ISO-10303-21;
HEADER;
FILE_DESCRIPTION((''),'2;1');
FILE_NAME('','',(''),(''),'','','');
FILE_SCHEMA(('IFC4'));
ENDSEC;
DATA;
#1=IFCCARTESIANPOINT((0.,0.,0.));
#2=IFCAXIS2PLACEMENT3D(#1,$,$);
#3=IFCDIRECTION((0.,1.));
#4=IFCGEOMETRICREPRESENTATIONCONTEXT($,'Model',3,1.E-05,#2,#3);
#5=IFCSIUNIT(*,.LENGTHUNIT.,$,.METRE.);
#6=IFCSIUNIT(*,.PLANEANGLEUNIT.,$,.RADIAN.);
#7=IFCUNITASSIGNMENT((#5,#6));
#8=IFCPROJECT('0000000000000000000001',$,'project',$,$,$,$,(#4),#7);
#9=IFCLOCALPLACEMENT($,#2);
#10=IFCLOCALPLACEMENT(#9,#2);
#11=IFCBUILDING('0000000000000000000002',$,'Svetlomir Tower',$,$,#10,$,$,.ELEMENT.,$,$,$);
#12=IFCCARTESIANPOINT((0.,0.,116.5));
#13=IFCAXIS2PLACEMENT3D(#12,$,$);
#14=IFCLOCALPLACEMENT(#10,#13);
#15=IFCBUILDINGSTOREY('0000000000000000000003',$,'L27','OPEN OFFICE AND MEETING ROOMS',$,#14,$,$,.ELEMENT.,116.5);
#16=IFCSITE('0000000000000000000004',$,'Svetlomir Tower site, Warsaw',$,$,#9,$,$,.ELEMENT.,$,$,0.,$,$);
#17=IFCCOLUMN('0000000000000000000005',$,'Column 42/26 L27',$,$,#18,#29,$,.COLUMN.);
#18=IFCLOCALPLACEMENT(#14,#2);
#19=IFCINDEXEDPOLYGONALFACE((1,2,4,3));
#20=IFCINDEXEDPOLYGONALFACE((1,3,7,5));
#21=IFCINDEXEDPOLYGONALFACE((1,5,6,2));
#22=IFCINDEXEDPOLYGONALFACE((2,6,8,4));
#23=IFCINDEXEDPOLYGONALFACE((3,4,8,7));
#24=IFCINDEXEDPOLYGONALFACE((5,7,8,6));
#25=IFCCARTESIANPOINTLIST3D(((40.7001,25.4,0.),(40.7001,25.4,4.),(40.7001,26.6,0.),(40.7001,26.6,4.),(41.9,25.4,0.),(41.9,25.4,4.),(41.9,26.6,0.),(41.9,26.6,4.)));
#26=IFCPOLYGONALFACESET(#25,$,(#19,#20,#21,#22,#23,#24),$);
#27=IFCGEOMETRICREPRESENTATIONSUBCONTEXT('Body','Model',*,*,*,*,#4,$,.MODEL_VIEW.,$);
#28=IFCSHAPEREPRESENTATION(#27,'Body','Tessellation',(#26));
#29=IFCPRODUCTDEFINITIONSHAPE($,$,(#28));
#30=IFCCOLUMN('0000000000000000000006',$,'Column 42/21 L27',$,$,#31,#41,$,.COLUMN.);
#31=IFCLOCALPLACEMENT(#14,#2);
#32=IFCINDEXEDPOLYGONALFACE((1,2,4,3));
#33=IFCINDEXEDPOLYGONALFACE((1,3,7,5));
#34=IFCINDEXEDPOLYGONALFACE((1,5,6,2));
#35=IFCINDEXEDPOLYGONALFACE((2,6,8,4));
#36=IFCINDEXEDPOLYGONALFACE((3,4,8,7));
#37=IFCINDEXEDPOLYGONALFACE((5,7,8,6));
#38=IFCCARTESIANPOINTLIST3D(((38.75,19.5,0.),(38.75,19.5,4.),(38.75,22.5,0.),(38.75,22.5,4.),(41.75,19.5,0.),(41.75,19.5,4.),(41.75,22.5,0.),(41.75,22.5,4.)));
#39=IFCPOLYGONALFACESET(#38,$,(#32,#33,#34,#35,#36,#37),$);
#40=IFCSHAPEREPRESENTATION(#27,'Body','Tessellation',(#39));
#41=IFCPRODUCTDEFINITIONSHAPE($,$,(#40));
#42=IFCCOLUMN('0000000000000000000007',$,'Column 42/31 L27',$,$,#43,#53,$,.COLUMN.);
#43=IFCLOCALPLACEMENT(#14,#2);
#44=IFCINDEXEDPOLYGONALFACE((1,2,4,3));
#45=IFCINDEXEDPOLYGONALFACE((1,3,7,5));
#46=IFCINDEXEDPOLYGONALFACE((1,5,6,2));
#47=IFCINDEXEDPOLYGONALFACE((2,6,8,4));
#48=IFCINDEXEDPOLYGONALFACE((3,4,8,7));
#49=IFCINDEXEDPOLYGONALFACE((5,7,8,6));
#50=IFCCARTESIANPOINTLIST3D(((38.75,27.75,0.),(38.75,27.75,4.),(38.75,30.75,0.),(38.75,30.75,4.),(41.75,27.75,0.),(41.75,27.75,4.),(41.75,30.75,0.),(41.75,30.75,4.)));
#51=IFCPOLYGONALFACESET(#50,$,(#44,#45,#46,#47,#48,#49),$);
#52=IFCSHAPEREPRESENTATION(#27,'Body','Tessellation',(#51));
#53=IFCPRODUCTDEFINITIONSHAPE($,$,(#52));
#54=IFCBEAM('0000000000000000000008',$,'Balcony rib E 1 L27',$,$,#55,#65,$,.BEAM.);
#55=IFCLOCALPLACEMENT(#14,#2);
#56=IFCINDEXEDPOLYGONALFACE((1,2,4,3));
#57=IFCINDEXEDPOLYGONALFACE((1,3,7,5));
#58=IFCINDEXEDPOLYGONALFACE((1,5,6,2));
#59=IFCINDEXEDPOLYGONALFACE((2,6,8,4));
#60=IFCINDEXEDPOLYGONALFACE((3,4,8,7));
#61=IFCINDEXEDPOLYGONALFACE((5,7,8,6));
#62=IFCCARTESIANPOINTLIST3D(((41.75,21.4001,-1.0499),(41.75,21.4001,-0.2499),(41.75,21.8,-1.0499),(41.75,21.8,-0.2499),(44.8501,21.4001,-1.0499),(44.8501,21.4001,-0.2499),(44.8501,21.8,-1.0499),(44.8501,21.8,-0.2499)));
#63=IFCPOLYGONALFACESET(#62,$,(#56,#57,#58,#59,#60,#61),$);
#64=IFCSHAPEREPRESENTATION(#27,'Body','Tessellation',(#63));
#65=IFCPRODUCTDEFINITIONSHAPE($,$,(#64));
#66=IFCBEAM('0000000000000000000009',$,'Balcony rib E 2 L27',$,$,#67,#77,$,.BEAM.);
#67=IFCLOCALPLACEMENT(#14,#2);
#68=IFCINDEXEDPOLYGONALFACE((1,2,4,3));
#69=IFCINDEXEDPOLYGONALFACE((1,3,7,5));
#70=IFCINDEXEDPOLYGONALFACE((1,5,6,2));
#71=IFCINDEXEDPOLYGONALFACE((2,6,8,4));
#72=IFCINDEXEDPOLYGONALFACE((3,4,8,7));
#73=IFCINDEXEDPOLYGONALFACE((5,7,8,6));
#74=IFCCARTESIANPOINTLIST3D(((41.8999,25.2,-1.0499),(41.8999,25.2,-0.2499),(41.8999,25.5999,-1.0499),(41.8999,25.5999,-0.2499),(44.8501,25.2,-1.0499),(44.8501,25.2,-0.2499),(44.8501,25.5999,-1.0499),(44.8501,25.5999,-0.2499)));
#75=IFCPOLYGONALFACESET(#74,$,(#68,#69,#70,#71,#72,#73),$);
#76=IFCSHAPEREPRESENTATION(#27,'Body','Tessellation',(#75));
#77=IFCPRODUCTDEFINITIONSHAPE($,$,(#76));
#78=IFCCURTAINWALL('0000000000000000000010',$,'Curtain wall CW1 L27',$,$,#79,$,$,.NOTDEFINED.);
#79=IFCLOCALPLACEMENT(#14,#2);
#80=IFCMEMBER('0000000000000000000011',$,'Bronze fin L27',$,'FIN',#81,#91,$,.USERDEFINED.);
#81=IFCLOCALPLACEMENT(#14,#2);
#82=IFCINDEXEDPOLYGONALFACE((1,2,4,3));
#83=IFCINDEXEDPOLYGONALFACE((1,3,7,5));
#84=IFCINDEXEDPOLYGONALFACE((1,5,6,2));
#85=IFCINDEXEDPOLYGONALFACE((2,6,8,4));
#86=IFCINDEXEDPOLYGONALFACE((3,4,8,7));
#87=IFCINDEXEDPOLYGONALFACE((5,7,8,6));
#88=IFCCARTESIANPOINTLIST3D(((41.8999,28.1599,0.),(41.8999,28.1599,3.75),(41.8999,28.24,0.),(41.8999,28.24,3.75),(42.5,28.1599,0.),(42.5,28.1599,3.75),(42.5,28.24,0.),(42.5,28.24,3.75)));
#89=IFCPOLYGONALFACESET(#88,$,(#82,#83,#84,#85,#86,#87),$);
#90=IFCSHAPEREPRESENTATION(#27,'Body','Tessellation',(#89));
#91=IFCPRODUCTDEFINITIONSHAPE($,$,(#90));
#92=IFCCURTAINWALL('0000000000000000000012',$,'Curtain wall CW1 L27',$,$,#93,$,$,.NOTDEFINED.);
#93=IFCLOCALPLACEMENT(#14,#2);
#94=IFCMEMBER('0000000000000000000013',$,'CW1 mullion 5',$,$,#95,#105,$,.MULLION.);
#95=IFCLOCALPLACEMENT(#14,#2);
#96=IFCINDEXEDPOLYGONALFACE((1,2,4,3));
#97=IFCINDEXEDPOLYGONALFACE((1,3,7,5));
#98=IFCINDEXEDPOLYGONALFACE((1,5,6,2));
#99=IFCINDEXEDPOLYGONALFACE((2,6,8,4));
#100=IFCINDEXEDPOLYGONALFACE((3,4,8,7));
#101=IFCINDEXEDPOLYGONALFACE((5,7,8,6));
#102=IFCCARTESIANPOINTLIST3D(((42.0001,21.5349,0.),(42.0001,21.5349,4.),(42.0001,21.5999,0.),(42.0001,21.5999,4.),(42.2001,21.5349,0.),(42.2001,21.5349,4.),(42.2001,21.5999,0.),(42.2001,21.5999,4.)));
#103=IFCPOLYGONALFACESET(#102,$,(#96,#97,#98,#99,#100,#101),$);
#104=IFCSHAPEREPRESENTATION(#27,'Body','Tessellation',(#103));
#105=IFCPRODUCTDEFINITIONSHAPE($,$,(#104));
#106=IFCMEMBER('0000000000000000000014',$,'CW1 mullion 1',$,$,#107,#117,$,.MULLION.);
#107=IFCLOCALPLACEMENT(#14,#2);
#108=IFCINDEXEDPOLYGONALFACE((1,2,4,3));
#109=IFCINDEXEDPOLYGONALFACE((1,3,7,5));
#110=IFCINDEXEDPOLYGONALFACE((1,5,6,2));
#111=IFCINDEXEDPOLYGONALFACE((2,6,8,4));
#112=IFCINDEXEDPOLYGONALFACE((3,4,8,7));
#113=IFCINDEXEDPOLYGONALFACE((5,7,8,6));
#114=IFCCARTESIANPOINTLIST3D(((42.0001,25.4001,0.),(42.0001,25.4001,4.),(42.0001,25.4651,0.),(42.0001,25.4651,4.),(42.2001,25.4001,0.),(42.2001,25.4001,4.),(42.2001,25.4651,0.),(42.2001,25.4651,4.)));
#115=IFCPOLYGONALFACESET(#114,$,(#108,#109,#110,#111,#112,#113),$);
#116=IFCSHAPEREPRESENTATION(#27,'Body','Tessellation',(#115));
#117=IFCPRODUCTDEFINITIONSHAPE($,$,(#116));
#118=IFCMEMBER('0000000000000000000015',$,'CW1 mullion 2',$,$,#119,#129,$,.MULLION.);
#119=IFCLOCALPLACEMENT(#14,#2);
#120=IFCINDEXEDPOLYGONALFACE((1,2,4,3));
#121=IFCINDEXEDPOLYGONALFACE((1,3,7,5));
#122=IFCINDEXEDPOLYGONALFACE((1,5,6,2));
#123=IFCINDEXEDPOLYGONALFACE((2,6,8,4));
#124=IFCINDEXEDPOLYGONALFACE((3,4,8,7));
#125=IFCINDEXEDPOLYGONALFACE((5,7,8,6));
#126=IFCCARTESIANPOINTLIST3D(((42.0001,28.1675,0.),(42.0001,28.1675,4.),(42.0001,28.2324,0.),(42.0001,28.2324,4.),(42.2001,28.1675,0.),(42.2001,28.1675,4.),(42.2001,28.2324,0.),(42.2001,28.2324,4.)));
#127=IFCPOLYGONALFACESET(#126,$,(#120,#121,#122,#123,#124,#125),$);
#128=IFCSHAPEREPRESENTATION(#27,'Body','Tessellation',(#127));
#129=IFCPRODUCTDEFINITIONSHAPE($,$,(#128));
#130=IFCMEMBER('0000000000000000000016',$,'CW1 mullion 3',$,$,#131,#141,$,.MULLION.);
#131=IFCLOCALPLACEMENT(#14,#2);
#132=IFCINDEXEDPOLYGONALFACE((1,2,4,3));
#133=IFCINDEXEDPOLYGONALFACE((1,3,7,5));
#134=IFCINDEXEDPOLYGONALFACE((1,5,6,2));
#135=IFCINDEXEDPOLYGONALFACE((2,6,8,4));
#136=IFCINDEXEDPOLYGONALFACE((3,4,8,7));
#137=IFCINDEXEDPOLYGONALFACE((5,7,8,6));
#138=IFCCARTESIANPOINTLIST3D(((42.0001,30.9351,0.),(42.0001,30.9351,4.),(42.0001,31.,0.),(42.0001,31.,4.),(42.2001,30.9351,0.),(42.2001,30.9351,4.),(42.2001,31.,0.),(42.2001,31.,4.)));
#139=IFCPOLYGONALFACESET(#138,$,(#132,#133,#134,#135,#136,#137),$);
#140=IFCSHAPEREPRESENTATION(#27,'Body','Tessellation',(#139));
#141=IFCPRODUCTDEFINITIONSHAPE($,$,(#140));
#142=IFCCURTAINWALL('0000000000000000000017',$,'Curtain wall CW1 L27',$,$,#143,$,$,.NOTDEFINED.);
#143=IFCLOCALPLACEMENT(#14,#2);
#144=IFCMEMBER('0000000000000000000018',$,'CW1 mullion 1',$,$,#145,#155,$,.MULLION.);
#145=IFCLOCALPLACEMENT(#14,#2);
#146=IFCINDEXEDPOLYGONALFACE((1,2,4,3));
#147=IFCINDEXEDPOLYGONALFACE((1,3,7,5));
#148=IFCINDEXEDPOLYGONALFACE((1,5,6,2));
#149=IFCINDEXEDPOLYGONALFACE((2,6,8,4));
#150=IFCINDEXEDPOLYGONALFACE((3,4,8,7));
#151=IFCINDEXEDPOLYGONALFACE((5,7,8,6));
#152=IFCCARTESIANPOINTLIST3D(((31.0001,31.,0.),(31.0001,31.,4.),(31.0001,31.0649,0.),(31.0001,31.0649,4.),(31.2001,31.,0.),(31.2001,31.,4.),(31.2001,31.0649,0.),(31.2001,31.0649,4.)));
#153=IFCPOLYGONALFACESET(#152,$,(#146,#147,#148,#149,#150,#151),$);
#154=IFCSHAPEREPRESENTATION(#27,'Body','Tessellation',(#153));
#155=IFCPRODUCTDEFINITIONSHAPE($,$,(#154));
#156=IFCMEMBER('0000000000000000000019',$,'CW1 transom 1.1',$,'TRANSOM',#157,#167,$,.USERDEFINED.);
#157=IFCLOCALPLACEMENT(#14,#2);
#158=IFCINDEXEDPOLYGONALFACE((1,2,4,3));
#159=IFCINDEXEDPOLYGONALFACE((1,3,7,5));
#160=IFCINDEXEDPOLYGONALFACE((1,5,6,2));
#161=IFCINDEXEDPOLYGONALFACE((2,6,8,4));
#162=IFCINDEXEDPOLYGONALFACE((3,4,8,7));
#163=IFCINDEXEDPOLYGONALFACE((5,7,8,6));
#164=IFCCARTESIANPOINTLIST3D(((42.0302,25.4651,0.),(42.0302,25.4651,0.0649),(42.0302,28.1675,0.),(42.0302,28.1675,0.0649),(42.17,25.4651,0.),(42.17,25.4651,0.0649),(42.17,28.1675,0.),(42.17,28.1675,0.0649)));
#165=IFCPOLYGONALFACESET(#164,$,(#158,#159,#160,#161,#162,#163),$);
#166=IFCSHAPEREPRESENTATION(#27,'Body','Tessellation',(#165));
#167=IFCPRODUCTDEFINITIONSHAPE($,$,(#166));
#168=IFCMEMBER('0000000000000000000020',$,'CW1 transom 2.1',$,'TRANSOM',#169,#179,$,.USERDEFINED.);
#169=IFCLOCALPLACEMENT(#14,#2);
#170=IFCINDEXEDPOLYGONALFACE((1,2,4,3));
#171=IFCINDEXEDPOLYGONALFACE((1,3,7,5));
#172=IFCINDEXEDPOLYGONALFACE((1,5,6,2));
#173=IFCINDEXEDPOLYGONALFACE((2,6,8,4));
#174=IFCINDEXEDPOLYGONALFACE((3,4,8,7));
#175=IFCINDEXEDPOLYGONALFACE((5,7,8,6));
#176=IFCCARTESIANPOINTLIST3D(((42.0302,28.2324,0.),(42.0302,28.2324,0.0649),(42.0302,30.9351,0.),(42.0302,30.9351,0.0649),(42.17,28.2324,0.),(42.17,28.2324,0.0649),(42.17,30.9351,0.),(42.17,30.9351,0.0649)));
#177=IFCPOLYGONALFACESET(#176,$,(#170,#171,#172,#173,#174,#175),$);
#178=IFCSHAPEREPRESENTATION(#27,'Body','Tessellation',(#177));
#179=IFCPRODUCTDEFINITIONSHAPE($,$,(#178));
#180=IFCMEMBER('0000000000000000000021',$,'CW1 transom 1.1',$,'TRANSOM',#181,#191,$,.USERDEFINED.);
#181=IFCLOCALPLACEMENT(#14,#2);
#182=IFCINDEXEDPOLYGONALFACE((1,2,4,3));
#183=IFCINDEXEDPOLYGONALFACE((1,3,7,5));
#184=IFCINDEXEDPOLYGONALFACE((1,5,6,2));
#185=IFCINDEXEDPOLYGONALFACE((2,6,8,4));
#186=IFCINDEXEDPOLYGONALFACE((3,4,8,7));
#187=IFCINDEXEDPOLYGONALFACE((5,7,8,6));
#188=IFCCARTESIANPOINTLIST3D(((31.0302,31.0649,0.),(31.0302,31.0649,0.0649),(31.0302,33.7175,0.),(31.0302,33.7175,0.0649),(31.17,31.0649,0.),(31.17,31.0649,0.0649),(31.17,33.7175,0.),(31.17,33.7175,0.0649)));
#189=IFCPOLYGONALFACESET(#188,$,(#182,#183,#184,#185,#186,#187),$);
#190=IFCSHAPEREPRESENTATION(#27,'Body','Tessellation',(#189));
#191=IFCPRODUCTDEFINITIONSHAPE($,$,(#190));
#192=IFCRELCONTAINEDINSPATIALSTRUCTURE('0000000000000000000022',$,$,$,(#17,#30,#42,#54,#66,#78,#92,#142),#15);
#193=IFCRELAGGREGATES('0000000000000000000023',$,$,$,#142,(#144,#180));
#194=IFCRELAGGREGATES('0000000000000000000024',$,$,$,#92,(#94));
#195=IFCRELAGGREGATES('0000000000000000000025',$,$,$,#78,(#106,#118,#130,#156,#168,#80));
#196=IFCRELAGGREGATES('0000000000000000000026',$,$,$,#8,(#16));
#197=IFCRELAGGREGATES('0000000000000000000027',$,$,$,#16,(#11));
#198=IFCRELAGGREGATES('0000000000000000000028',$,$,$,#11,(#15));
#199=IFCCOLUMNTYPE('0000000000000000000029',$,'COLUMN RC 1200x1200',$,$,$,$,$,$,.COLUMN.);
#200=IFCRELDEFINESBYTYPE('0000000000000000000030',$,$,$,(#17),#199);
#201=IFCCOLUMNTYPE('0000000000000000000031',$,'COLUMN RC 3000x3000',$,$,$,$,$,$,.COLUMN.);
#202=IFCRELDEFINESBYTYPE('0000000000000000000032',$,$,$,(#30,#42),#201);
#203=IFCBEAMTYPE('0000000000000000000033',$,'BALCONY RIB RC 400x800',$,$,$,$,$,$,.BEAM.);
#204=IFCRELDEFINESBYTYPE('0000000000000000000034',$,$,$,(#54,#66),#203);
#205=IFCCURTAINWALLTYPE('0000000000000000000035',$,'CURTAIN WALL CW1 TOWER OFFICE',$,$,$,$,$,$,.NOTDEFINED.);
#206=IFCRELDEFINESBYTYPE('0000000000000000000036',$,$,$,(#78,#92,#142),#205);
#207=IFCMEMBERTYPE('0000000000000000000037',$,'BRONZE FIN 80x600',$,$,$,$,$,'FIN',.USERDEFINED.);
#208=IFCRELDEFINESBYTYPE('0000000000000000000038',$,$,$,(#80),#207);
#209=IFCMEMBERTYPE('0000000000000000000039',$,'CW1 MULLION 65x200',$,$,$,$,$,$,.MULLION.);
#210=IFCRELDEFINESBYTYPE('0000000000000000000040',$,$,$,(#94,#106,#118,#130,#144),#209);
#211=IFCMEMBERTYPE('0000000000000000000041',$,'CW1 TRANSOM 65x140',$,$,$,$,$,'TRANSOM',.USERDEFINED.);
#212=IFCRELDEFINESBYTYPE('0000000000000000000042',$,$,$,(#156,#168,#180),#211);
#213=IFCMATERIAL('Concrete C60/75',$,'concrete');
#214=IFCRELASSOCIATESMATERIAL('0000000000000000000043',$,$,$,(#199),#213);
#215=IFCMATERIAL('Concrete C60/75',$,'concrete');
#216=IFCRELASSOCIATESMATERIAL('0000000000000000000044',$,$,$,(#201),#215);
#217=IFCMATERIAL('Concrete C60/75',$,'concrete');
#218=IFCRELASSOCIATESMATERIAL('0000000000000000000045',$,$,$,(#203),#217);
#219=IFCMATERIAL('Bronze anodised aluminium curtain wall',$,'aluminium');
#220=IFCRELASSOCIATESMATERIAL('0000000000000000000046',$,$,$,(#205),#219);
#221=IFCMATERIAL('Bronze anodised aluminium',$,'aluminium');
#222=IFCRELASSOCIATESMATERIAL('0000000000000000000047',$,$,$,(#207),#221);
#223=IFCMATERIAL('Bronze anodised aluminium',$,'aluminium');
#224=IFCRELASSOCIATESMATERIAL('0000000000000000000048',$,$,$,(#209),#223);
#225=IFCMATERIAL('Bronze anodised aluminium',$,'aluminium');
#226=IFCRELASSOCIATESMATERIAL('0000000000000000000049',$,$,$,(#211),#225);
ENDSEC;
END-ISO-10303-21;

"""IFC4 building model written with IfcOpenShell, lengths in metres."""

from ifc_helpers import new_model, si_unit, direction, frame, origin, origin_2d, place, context, subcontext, project, spatial, rectangle, extrude, material, material_profile, profile_set, type_object, element, aggregate, save


model = new_model("IFC4")

# Units and contexts
model_context = context("Model", 3, precision=1e-05, world=origin(), true_north=direction((0.0, 1.0)))
body_context = subcontext(model_context, "Body", "Model", "MODEL_VIEW")
ifc_project = project(units=[si_unit("LENGTHUNIT", "METRE"), si_unit("PLANEANGLEUNIT", "RADIAN")], contexts=[model_context])

# Site, building, storey
site_placement = place(None, origin())
site = spatial("IfcSite", under=ifc_project, at=site_placement, Name="Svetlomir Tower site, Warsaw", CompositionType="ELEMENT", RefElevation=0.0)
building_placement = place(site_placement, origin())
building = spatial("IfcBuilding", under=site, at=building_placement, Name="Svetlomir Tower", CompositionType="ELEMENT")
storey_placement = place(building_placement, frame((0.0, 0.0, 116.5)))
storey = spatial("IfcBuildingStorey", under=building, at=storey_placement, Name="L27", Description="OPEN OFFICE AND MEETING ROOMS", CompositionType="ELEMENT", Elevation=116.5)

# Columns
ifc_material_1 = material(Name="Concrete C60/75", Category="concrete")
ifc_material_profile_1 = material_profile(ifc_material_1, rectangle(XDim=1.2, YDim=1.2, at=origin_2d()), Name="RC 1200x1200")
ifc_profile_set_1 = profile_set([ifc_material_profile_1], Name="Concrete C60/75")
column_type_1 = type_object("IfcColumnType", Name="COLUMN RC 1200x1200", PredefinedType="COLUMN", material=ifc_profile_set_1)
column_placement = place(storey_placement, frame((41.3, 26.0, 0.0), z_axis=(0.0, 0.0, 1.0), x_axis=(1.0, 0.0, 0.0)))
element("IfcColumn", 1, at=column_placement, inside=storey, type_object=column_type_1, Name="Column 42/26 L27", PredefinedType="COLUMN", context=body_context, shape_type="SweptSolid", body=[
    extrude(rectangle(XDim=1.2, YDim=1.2, at=origin_2d()), origin(), (0.0, 0.0, 1.0), 4.0),
])
ifc_material_2 = material(Name="Concrete C60/75", Category="concrete")
ifc_material_profile_2 = material_profile(ifc_material_2, rectangle(XDim=3.0, YDim=3.0, at=origin_2d()), Name="RC 3000x3000")
ifc_profile_set_2 = profile_set([ifc_material_profile_2], Name="Concrete C60/75")
column_type_2 = type_object("IfcColumnType", Name="COLUMN RC 3000x3000", PredefinedType="COLUMN", material=ifc_profile_set_2)
for number, where, z_axis, x_axis, name in (
    (2, (40.25, 21.0, 0.0), (0.0, 0.0, 1.0), (1.0, 0.0, 0.0), "Column 42/21 L27"),
    (3, (40.25, 29.25, 0.0), (0.0, 0.0, 1.0), (1.0, 0.0, 0.0), "Column 42/31 L27"),
):
    element("IfcColumn", number, at=place(storey_placement, frame(where, z_axis=z_axis, x_axis=x_axis)), inside=storey, type_object=column_type_2, Name=name, PredefinedType="COLUMN", context=body_context, shape_type="SweptSolid", body=[
        extrude(rectangle(XDim=3.0, YDim=3.0, at=origin_2d()), origin(), (0.0, 0.0, 1.0), 4.0),
    ])

# Beams
ifc_material_3 = material(Name="Concrete C60/75", Category="concrete")
ifc_material_profile_3 = material_profile(ifc_material_3, rectangle(XDim=0.3999, YDim=0.8, at=origin_2d()), Name="RC 400x800")
ifc_profile_set_3 = profile_set([ifc_material_profile_3], Name="Concrete C60/75")
beam_type_1 = type_object("IfcBeamType", Name="BALCONY RIB RC 400x800", PredefinedType="BEAM", material=ifc_profile_set_3)
beam_1_placement = place(storey_placement, frame((41.75, 21.6001, -0.6499), z_axis=(1.0, 0.0, 0.0), x_axis=(0.0, 1.0, 0.0)))
element("IfcBeam", 4, at=beam_1_placement, inside=storey, type_object=beam_type_1, Name="Balcony rib E 1 L27", PredefinedType="BEAM", context=body_context, shape_type="SweptSolid", body=[
    extrude(rectangle(XDim=0.3999, YDim=0.8, at=origin_2d()), origin(), (0.0, 0.0, 1.0), 3.1001),
])
beam_2_placement = place(storey_placement, frame((41.8999, 25.3999, -0.6499), z_axis=(1.0, 0.0, 0.0), x_axis=(0.0, 1.0, 0.0)))
element("IfcBeam", 5, at=beam_2_placement, inside=storey, type_object=beam_type_1, Name="Balcony rib E 2 L27", PredefinedType="BEAM", context=body_context, shape_type="SweptSolid", body=[
    extrude(rectangle(XDim=0.3999, YDim=0.8, at=origin_2d()), origin(), (0.0, 0.0, 1.0), 2.9502),
])

# Curtain walls, members
ifc_material_4 = material(Name="Bronze anodised aluminium curtain wall", Category="aluminium")
curtain_wall_type = type_object("IfcCurtainWallType", Name="CURTAIN WALL CW1 TOWER OFFICE", PredefinedType="NOTDEFINED", material=ifc_material_4)
curtain_wall_1_placement = place(storey_placement, origin())
curtain_wall_1 = element("IfcCurtainWall", 6, at=curtain_wall_1_placement, inside=storey, type_object=curtain_wall_type, Name="Curtain wall CW1 L27", PredefinedType="NOTDEFINED")
ifc_material_5 = material(Name="Bronze anodised aluminium", Category="aluminium")
ifc_material_profile_4 = material_profile(ifc_material_5, rectangle(XDim=0.0801, YDim=0.6001, at=origin_2d()), Name="FIN 80x600")
ifc_profile_set_4 = profile_set([ifc_material_profile_4], Name="Bronze anodised aluminium 6063-T6")
member_type_1 = type_object("IfcMemberType", Name="BRONZE FIN 80x600", ElementType="FIN", PredefinedType="USERDEFINED", material=ifc_profile_set_4)
member_1_placement = place(storey_placement, frame((42.2, 28.2, 0.0), z_axis=(0.0, 0.0, 1.0), x_axis=(0.0, 1.0, 0.0)))
member_1 = element("IfcMember", 7, at=member_1_placement, type_object=member_type_1, Name="Bronze fin L27", ObjectType="FIN", PredefinedType="USERDEFINED", context=body_context, shape_type="SweptSolid", body=[
    extrude(rectangle(XDim=0.0801, YDim=0.6001, at=origin_2d()), origin(), (0.0, 0.0, 1.0), 3.75),
])
curtain_wall_2_placement = place(storey_placement, origin())
curtain_wall_2 = element("IfcCurtainWall", 8, at=curtain_wall_2_placement, inside=storey, type_object=curtain_wall_type, Name="Curtain wall CW1 L27", PredefinedType="NOTDEFINED")
ifc_material_6 = material(Name="Bronze anodised aluminium", Category="aluminium")
ifc_material_profile_5 = material_profile(ifc_material_6, rectangle(XDim=0.0649, YDim=0.2, at=origin_2d()), Name="AL 65x200")
ifc_profile_set_5 = profile_set([ifc_material_profile_5], Name="Bronze anodised aluminium 6063-T6")
member_type_2 = type_object("IfcMemberType", Name="CW1 MULLION 65x200", PredefinedType="MULLION", material=ifc_profile_set_5)
member_2_placement = place(storey_placement, frame((42.1001, 21.5674, 0.0), z_axis=(0.0, 0.0, 1.0), x_axis=(0.0, 1.0, 0.0)))
member_2 = element("IfcMember", 9, at=member_2_placement, type_object=member_type_2, Name="CW1 mullion 5", PredefinedType="MULLION", context=body_context, shape_type="SweptSolid", body=[
    extrude(rectangle(XDim=0.0649, YDim=0.2, at=origin_2d()), origin(), (0.0, 0.0, 1.0), 4.0),
])

# Members
member_3_placement = place(storey_placement, frame((42.1001, 25.4326, 0.0), z_axis=(0.0, 0.0, 1.0), x_axis=(0.0, 1.0, 0.0)))
member_3 = element("IfcMember", 10, at=member_3_placement, type_object=member_type_2, Name="CW1 mullion 1", PredefinedType="MULLION", context=body_context, shape_type="SweptSolid", body=[
    extrude(rectangle(XDim=0.0649, YDim=0.2, at=origin_2d()), origin(), (0.0, 0.0, 1.0), 4.0),
])
member_4_placement = place(storey_placement, frame((42.1001, 28.2, 0.0), z_axis=(0.0, 0.0, 1.0), x_axis=(0.0, 1.0, 0.0)))
member_4 = element("IfcMember", 11, at=member_4_placement, type_object=member_type_2, Name="CW1 mullion 2", PredefinedType="MULLION", context=body_context, shape_type="SweptSolid", body=[
    extrude(rectangle(XDim=0.0649, YDim=0.2, at=origin_2d()), origin(), (0.0, 0.0, 1.0), 4.0),
])
member_5_placement = place(storey_placement, frame((42.1001, 30.9675, 0.0), z_axis=(0.0, 0.0, 1.0), x_axis=(0.0, 1.0, 0.0)))
member_5 = element("IfcMember", 12, at=member_5_placement, type_object=member_type_2, Name="CW1 mullion 3", PredefinedType="MULLION", context=body_context, shape_type="SweptSolid", body=[
    extrude(rectangle(XDim=0.0649, YDim=0.2, at=origin_2d()), origin(), (0.0, 0.0, 1.0), 4.0),
])

# Curtain wall, member
curtain_wall_3_placement = place(storey_placement, origin())
curtain_wall_3 = element("IfcCurtainWall", 13, at=curtain_wall_3_placement, inside=storey, type_object=curtain_wall_type, Name="Curtain wall CW1 L27", PredefinedType="NOTDEFINED")
member_6_placement = place(storey_placement, frame((31.1001, 31.0325, 0.0), z_axis=(0.0, 0.0, 1.0), x_axis=(0.0, 1.0, 0.0)))
member_6 = element("IfcMember", 14, at=member_6_placement, type_object=member_type_2, Name="CW1 mullion 1", PredefinedType="MULLION", context=body_context, shape_type="SweptSolid", body=[
    extrude(rectangle(XDim=0.0649, YDim=0.2, at=origin_2d()), origin(), (0.0, 0.0, 1.0), 4.0),
])

# Members
ifc_material_7 = material(Name="Bronze anodised aluminium", Category="aluminium")
ifc_material_profile_6 = material_profile(ifc_material_7, rectangle(XDim=0.1399, YDim=0.0649, at=origin_2d()), Name="AL 140x65")
ifc_profile_set_6 = profile_set([ifc_material_profile_6], Name="Bronze anodised aluminium 6063-T6")
member_type_3 = type_object("IfcMemberType", Name="CW1 TRANSOM 65x140", ElementType="TRANSOM", PredefinedType="USERDEFINED", material=ifc_profile_set_6)
member_7_placement = place(storey_placement, frame((42.1001, 25.4651, 0.0325), z_axis=(0.0, 1.0, 0.0), x_axis=(-1.0, 0.0, 0.0)))
member_7 = element("IfcMember", 15, at=member_7_placement, type_object=member_type_3, Name="CW1 transom 1.1", ObjectType="TRANSOM", PredefinedType="USERDEFINED", context=body_context, shape_type="SweptSolid", body=[
    extrude(rectangle(XDim=0.1399, YDim=0.0649, at=origin_2d()), origin(), (0.0, 0.0, 1.0), 2.7024),
])
member_8_placement = place(storey_placement, frame((42.1001, 28.2324, 0.0325), z_axis=(0.0, 1.0, 0.0), x_axis=(-1.0, 0.0, 0.0)))
member_8 = element("IfcMember", 16, at=member_8_placement, type_object=member_type_3, Name="CW1 transom 2.1", ObjectType="TRANSOM", PredefinedType="USERDEFINED", context=body_context, shape_type="SweptSolid", body=[
    extrude(rectangle(XDim=0.1399, YDim=0.0649, at=origin_2d()), origin(), (0.0, 0.0, 1.0), 2.7026),
])
member_9_placement = place(storey_placement, frame((31.1001, 31.0649, 0.0325), z_axis=(0.0, 1.0, 0.0), x_axis=(-1.0, 0.0, 0.0)))
member_9 = element("IfcMember", 17, at=member_9_placement, type_object=member_type_3, Name="CW1 transom 1.1", ObjectType="TRANSOM", PredefinedType="USERDEFINED", context=body_context, shape_type="SweptSolid", body=[
    extrude(rectangle(XDim=0.1399, YDim=0.0649, at=origin_2d()), origin(), (0.0, 0.0, 1.0), 2.6526),
])
aggregate(curtain_wall_3, [member_6, member_9])

aggregate(curtain_wall_2, [member_2])
aggregate(curtain_wall_1, [member_3, member_4, member_5, member_7, member_8, member_1])

save(model, "model.ifc")
